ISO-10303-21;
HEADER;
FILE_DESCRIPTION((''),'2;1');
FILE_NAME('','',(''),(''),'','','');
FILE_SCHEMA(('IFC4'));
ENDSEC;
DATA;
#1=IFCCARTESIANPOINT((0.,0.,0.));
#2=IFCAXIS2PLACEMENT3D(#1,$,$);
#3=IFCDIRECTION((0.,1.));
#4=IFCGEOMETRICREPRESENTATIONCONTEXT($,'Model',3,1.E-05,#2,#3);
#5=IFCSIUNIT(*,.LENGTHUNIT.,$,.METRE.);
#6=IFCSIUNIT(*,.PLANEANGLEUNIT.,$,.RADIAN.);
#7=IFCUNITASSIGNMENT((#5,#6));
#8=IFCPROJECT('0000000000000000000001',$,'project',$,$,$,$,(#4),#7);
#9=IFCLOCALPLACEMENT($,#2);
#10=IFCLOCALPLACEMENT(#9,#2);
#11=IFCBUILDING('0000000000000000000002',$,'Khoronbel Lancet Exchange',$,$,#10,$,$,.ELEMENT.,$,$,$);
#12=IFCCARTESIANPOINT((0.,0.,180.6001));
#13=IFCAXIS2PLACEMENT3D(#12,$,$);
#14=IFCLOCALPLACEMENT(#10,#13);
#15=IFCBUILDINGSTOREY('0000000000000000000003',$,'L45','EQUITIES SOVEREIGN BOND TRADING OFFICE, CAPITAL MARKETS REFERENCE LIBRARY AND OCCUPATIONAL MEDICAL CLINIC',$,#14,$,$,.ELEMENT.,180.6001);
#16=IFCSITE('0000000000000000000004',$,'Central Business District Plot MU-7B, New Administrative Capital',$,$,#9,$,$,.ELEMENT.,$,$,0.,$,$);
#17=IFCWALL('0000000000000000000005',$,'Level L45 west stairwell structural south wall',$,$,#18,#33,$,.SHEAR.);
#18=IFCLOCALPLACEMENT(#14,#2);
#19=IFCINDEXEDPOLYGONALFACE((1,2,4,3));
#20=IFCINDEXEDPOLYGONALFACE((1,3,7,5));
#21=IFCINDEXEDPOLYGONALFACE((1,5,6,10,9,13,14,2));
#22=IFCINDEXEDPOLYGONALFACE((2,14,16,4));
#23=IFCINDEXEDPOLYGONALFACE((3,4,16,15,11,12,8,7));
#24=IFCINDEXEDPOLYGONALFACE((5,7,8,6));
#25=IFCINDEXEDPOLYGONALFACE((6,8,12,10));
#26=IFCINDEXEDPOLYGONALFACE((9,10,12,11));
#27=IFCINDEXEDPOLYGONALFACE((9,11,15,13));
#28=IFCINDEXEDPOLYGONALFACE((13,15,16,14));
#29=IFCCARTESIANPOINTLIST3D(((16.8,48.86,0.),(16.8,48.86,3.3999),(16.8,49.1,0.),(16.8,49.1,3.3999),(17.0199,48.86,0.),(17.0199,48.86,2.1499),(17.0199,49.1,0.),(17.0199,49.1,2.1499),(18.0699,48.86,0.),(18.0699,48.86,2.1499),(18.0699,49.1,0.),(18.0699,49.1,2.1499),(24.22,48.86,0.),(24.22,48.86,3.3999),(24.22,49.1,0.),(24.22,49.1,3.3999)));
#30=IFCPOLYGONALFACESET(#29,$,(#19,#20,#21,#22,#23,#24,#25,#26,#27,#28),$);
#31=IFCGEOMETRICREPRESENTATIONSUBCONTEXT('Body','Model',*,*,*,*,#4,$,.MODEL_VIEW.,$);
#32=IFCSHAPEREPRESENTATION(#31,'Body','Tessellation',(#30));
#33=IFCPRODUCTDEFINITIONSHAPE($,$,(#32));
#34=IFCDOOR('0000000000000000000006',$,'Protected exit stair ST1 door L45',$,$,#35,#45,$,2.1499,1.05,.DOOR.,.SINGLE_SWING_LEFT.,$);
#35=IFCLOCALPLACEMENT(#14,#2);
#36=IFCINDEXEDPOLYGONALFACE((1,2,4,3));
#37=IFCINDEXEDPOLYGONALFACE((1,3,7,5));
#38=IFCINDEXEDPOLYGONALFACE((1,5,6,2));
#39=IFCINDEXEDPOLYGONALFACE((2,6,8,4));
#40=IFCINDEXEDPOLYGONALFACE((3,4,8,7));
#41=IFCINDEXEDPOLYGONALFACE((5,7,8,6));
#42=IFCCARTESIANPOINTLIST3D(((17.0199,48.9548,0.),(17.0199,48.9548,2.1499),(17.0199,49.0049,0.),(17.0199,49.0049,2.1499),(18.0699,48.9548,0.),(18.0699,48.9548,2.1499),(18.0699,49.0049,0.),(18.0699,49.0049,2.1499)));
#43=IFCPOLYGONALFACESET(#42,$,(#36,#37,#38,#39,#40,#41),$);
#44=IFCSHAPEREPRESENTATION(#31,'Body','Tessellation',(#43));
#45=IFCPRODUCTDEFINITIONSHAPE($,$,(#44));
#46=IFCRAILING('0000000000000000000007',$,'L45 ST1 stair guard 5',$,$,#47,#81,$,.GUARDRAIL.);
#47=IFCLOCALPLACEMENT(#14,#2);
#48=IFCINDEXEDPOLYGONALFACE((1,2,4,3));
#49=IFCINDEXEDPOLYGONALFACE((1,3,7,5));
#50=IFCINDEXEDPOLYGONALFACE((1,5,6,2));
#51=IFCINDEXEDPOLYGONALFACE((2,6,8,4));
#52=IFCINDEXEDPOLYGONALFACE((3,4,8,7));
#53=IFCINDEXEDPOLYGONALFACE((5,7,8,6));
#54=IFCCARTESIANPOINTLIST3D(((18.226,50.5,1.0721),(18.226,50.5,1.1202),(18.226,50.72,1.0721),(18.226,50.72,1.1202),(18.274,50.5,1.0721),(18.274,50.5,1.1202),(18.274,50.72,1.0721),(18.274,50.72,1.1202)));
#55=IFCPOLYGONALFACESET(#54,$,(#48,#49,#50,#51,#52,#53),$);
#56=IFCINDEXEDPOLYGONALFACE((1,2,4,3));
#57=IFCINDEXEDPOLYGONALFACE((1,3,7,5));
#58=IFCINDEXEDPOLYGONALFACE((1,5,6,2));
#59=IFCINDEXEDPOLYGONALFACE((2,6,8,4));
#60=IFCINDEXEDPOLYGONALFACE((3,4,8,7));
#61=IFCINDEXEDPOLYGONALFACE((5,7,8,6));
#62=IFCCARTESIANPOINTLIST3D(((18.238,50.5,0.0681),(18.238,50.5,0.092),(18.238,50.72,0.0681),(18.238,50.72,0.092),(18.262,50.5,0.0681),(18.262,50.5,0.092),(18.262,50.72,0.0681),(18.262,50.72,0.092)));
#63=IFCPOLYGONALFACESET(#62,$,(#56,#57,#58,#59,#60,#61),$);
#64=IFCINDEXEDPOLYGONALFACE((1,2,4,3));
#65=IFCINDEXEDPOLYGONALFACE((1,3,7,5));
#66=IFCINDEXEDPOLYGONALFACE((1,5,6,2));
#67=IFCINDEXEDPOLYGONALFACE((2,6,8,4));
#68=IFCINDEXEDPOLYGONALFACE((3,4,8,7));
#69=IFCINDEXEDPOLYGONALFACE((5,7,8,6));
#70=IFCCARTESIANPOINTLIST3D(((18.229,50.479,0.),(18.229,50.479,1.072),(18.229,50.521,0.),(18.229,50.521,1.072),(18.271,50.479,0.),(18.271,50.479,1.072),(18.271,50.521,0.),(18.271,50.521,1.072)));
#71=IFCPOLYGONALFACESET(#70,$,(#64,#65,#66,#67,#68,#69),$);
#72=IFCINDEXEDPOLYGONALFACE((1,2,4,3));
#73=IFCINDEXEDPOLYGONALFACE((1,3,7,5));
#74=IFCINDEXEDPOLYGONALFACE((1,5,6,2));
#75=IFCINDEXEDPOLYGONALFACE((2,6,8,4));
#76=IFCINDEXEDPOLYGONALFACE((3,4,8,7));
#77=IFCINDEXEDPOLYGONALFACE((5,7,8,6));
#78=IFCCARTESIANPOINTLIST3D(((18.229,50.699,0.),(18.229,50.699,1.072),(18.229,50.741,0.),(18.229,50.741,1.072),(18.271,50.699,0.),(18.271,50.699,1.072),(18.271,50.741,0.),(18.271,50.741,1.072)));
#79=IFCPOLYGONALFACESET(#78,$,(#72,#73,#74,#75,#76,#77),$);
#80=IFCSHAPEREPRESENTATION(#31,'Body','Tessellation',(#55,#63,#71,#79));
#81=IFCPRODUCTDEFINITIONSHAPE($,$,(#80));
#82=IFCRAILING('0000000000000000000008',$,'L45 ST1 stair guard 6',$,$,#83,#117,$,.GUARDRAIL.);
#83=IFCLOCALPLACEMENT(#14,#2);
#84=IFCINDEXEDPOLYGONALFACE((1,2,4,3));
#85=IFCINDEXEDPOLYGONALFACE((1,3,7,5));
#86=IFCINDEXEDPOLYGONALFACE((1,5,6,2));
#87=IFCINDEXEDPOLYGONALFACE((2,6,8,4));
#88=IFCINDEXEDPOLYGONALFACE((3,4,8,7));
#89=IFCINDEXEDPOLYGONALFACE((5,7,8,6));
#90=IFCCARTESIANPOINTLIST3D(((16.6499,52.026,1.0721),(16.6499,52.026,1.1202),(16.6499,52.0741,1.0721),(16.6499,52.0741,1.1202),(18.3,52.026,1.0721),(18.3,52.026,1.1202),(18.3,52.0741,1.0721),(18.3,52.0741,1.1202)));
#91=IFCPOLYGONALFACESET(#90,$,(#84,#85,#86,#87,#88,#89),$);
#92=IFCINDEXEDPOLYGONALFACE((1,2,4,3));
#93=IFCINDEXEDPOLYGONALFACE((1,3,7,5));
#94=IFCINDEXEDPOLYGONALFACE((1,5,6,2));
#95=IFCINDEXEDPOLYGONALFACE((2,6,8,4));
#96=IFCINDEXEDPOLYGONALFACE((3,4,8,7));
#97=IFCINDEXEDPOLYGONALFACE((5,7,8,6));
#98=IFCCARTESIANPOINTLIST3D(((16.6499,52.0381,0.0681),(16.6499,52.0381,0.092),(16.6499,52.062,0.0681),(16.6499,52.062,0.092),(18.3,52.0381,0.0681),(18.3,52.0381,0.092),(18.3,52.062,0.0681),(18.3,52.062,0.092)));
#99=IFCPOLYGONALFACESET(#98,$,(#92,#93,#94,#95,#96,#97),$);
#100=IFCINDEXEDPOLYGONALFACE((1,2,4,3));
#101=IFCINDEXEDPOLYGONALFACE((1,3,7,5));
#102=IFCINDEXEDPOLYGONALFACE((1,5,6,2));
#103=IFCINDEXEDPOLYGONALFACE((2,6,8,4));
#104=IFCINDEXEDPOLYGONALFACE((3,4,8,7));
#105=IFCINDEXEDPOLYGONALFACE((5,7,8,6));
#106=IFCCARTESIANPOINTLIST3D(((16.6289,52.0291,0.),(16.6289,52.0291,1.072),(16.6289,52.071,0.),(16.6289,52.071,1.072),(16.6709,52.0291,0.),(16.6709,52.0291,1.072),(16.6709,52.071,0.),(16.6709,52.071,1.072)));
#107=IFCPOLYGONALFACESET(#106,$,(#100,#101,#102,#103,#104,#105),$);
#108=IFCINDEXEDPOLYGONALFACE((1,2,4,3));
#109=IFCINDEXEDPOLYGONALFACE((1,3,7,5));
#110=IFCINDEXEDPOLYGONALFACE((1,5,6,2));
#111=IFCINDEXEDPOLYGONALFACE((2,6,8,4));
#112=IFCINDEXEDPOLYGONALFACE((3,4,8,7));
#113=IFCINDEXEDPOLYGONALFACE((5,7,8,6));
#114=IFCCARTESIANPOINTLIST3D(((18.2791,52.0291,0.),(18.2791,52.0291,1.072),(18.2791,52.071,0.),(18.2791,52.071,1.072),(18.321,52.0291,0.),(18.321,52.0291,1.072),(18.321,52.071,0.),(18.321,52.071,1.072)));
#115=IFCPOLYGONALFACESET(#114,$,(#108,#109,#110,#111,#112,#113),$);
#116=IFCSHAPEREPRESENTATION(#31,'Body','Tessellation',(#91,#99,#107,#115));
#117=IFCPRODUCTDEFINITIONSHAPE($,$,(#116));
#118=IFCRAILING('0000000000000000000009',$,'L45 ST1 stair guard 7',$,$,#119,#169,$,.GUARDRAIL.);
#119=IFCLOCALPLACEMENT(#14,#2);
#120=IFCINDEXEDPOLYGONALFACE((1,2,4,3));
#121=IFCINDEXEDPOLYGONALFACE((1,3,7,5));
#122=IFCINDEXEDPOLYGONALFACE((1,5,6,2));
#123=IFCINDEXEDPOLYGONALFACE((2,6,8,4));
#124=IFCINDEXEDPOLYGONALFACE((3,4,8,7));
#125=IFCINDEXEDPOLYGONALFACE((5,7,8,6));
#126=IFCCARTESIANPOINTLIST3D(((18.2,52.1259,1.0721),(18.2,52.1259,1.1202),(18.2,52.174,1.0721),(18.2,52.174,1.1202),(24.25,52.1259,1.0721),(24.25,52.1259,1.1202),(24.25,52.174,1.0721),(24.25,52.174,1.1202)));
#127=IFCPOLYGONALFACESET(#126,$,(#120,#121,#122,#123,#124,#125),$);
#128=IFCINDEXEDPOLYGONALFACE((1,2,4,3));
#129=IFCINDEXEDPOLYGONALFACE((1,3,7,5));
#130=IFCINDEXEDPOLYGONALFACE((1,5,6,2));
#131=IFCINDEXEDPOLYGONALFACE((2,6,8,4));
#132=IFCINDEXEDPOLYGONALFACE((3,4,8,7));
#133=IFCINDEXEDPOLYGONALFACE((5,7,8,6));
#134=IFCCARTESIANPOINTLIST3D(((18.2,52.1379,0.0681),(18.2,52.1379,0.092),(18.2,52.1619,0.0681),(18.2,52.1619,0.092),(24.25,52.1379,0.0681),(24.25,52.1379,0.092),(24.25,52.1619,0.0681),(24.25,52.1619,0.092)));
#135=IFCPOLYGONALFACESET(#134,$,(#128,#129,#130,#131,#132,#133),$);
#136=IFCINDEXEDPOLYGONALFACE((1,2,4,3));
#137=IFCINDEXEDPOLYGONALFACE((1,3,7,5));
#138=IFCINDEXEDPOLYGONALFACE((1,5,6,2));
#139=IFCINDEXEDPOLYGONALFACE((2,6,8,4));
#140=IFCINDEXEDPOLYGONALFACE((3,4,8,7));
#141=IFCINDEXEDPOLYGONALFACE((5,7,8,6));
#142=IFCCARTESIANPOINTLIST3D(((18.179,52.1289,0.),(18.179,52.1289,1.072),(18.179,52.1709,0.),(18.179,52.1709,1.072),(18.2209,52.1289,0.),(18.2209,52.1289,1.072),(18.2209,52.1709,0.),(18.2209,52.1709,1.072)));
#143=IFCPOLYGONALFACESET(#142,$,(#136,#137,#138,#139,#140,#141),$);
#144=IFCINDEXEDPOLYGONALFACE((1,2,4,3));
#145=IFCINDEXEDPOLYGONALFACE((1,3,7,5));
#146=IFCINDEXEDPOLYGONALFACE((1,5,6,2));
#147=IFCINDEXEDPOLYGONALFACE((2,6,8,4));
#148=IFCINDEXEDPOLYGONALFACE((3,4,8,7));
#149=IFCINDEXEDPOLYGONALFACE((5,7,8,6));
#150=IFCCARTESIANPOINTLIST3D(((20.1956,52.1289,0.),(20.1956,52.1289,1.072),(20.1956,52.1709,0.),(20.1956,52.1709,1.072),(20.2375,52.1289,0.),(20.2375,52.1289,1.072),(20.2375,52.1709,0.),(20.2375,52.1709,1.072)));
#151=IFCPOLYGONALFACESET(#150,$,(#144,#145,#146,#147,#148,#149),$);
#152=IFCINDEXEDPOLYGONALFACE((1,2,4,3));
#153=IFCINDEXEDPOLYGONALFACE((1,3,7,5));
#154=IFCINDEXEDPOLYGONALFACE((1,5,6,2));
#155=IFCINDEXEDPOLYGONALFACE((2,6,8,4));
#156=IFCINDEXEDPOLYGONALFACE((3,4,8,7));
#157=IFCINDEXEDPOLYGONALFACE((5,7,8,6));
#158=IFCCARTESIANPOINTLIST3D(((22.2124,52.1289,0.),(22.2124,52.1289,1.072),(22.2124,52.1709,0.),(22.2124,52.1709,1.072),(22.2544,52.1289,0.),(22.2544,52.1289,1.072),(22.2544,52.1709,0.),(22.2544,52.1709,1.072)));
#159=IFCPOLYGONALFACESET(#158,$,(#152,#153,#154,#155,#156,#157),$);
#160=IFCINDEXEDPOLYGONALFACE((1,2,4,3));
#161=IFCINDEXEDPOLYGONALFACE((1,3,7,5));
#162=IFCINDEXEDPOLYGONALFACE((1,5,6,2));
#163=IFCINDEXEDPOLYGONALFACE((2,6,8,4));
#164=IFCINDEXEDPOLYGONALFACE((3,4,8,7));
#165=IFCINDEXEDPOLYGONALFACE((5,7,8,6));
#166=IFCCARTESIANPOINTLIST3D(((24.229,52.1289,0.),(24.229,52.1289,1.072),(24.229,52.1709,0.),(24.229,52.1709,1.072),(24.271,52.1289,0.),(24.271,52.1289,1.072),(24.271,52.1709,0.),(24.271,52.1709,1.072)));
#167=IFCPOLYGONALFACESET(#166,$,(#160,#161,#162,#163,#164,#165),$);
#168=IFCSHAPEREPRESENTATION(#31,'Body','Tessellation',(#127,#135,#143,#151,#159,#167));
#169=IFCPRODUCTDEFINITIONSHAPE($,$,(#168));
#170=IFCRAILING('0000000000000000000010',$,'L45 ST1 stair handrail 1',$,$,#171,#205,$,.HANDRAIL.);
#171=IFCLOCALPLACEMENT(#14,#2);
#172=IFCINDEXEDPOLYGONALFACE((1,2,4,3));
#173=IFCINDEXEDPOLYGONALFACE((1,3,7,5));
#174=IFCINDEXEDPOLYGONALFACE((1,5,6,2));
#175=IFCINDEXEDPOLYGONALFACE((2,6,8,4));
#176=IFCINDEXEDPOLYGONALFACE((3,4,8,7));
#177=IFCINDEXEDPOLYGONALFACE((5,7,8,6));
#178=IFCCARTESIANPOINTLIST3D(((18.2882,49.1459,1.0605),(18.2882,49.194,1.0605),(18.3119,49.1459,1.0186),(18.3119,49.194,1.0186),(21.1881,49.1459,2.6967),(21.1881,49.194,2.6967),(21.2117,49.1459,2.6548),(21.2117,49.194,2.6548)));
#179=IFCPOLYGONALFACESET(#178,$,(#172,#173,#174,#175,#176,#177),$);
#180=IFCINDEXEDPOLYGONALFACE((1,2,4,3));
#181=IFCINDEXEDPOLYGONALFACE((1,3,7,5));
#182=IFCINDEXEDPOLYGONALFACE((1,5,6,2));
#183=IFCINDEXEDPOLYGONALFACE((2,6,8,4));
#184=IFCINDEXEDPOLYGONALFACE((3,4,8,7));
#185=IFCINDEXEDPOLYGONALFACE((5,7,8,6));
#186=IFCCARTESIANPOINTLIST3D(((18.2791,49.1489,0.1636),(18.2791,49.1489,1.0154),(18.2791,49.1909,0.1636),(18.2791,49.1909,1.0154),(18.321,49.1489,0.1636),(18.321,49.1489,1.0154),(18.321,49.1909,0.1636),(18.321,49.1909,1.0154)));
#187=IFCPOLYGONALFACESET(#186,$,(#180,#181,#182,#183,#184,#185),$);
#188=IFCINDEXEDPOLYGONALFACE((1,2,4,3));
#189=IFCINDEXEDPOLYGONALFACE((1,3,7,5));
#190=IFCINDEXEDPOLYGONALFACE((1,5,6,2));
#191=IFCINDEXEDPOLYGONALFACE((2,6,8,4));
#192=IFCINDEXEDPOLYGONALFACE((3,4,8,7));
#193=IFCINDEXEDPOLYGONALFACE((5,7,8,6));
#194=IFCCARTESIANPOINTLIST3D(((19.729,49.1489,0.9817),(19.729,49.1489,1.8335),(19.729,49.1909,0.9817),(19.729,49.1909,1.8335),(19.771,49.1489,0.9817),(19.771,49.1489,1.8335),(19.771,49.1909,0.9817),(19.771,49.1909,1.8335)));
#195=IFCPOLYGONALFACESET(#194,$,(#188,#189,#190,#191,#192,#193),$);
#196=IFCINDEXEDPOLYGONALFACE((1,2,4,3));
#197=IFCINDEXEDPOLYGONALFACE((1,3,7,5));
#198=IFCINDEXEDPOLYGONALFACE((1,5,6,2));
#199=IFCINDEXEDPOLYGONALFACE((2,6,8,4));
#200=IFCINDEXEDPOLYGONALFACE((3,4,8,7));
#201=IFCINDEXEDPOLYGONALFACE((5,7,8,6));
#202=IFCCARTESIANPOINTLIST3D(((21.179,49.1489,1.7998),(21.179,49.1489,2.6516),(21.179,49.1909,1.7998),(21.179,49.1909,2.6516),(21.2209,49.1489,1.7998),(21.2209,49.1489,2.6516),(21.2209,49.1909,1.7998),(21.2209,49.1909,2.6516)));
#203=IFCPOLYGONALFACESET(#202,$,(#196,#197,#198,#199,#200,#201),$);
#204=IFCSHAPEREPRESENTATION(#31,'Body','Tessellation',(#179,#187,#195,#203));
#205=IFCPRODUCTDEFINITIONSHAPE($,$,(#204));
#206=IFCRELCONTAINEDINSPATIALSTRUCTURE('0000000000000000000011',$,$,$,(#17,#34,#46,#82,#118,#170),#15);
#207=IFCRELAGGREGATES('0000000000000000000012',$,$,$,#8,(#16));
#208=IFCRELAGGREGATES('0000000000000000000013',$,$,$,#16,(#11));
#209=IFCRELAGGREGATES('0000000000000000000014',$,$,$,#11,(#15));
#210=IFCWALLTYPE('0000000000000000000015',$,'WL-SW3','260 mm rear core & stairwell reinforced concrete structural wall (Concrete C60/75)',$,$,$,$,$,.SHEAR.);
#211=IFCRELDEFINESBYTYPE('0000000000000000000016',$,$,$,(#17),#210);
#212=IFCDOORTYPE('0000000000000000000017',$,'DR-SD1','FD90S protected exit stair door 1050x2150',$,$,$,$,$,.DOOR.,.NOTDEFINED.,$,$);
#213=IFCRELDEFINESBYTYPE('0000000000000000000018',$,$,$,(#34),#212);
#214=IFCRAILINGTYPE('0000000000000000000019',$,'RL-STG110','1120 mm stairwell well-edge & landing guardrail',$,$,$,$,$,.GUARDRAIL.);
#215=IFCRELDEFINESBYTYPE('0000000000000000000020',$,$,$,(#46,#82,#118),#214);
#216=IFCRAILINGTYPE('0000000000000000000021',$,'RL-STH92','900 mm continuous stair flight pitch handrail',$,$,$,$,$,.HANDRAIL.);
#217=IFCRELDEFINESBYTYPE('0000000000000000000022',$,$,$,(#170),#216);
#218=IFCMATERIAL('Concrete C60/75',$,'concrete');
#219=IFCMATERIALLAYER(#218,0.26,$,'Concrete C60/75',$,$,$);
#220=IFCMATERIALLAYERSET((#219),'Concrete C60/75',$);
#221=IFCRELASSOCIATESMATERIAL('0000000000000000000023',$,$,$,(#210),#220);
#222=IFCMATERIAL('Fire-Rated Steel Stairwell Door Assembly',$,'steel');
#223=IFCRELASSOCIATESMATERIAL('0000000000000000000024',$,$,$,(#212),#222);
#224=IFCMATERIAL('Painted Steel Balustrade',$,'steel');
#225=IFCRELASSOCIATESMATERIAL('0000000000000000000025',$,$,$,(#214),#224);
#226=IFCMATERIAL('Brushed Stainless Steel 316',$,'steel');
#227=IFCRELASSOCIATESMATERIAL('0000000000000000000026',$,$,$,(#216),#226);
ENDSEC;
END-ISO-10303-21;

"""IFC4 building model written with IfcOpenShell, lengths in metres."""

from ifc_helpers import new_model, si_unit, direction, frame, frame_2d, origin, origin_2d, place, context, subcontext, project, spatial, rectangle, extrude, material, layer, layer_set, type_object, element, fill, save


model = new_model("IFC4")

# Units and contexts
model_context = context("Model", 3, precision=1e-05, world=origin(), true_north=direction((0.0, 1.0)))
body_context = subcontext(model_context, "Body", "Model", "MODEL_VIEW")
ifc_project = project(units=[si_unit("LENGTHUNIT", "METRE"), si_unit("PLANEANGLEUNIT", "RADIAN")], contexts=[model_context])

# Site, building, storey
site_placement = place(None, origin())
site = spatial("IfcSite", under=ifc_project, at=site_placement, Name="Central Business District Plot MU-7B, New Administrative Capital", CompositionType="ELEMENT", RefElevation=0.0)
building_placement = place(site_placement, origin())
building = spatial("IfcBuilding", under=site, at=building_placement, Name="Khoronbel Lancet Exchange", CompositionType="ELEMENT")
storey_placement = place(building_placement, frame((0.0, 0.0, 180.6001)))
storey = spatial("IfcBuildingStorey", under=building, at=storey_placement, Name="L45", Description="EQUITIES SOVEREIGN BOND TRADING OFFICE, CAPITAL MARKETS REFERENCE LIBRARY AND OCCUPATIONAL MEDICAL CLINIC", CompositionType="ELEMENT", Elevation=180.6001)

# Shared definitions
ifc_material_1 = material(Name="Concrete C60/75", Category="concrete")

# Wall, opening, door
ifc_layer_1 = layer(ifc_material_1, 0.26, Name="Concrete C60/75")
ifc_layer_set_1 = layer_set([ifc_layer_1], Name="Concrete C60/75")
wall_type_1 = type_object("IfcWallType", Name="WL-SW3", Description="260 mm rear core & stairwell reinforced concrete structural wall (Concrete C60/75)", PredefinedType="SHEAR", material=ifc_layer_set_1)
wall_1_placement = place(storey_placement, frame((16.8, 48.98, 0.0), z_axis=(0.0, 0.0, 1.0), x_axis=(1.0, 0.0, 0.0)))
wall_1 = element("IfcWall", 1, at=wall_1_placement, inside=storey, type_object=wall_type_1, Name="Level L45 west stairwell structural south wall", PredefinedType="SHEAR", context=body_context, shape_type="SweptSolid", body=[
    extrude(rectangle(XDim=7.4199, YDim=0.24, at=frame_2d((3.71, 0.0))), origin(), (0.0, 0.0, 1.0), 3.3999),
])
opening_1_placement = place(wall_1_placement, frame((0.22, 0.0, 0.0)))
opening_1 = element("IfcOpeningElement", 2, at=opening_1_placement, cuts=wall_1, PredefinedType="OPENING", context=body_context, shape_type="SweptSolid", body=[
    extrude(rectangle(XDim=1.05, YDim=2.1499, at=frame_2d((0.5249, 1.075))), frame((0.0, 0.1299, 0.0), z_axis=(0.0, -1.0, 0.0), x_axis=(1.0, 0.0, 0.0)), (0.0, 0.0, 1.0), 0.26),
])
ifc_material_2 = material(Name="Fire-Rated Steel Stairwell Door Assembly", Category="steel")
door_type_1 = type_object("IfcDoorType", Name="DR-SD1", Description="FD90S protected exit stair door 1050x2150", OperationType="NOTDEFINED", PredefinedType="DOOR", material=ifc_material_2)
door_1_placement = place(opening_1_placement, origin())
door_1 = element("IfcDoor", 3, at=door_1_placement, inside=storey, type_object=door_type_1, Name="Protected exit stair ST1 door L45", OperationType="SINGLE_SWING_LEFT", OverallHeight=2.1499, OverallWidth=1.05, PredefinedType="DOOR", context=body_context, shape_type="SweptSolid", body=[
    extrude(rectangle(XDim=1.05, YDim=2.1499, at=frame_2d((0.5249, 1.075))), frame((0.0, 0.0249, 0.0), z_axis=(0.0, -1.0, 0.0), x_axis=(1.0, 0.0, 0.0)), (0.0, 0.0, 1.0), 0.05),
])
fill(opening_1, door_1)

# Railings
ifc_material_3 = material(Name="Painted Steel Balustrade", Category="steel")
railing_type_1 = type_object("IfcRailingType", Name="RL-STG110", Description="1120 mm stairwell well-edge & landing guardrail", PredefinedType="GUARDRAIL", material=ifc_material_3)
railing_1_placement = place(storey_placement, frame((18.25, 50.5, 0.0)))
element("IfcRailing", 4, at=railing_1_placement, inside=storey, type_object=railing_type_1, Name="L45 ST1 stair guard 5", PredefinedType="GUARDRAIL", context=body_context, shape_type="SweptSolid", body=[
    extrude(rectangle(XDim=0.0481, YDim=0.0481, at=origin_2d()), frame((0.0, 0.0, 1.0962), z_axis=(0.0, 1.0, 0.0), x_axis=(-1.0, 0.0, 0.0)), (0.0, 0.0, 1.0), 0.22),
    extrude(rectangle(XDim=0.0239, YDim=0.0239, at=origin_2d()), frame((0.0, 0.0, 0.0801), z_axis=(0.0, 1.0, 0.0), x_axis=(-1.0, 0.0, 0.0)), (0.0, 0.0, 1.0), 0.22),
    extrude(rectangle(XDim=0.042, YDim=0.042, at=origin_2d()), origin(), (0.0, 0.0, 1.0), 1.072),
    extrude(rectangle(XDim=0.042, YDim=0.042, at=origin_2d()), frame((0.0, 0.22, 0.0)), (0.0, 0.0, 1.0), 1.072),
])
railing_2_placement = place(storey_placement, frame((16.6499, 52.05, 0.0)))
element("IfcRailing", 5, at=railing_2_placement, inside=storey, type_object=railing_type_1, Name="L45 ST1 stair guard 6", PredefinedType="GUARDRAIL", context=body_context, shape_type="SweptSolid", body=[
    extrude(rectangle(XDim=0.0481, YDim=0.0481, at=origin_2d()), frame((0.0, 0.0, 1.0962), z_axis=(1.0, 0.0, 0.0), x_axis=(0.0, 1.0, 0.0)), (0.0, 0.0, 1.0), 1.6501),
    extrude(rectangle(XDim=0.0239, YDim=0.0239, at=origin_2d()), frame((0.0, 0.0, 0.0801), z_axis=(1.0, 0.0, 0.0), x_axis=(0.0, 1.0, 0.0)), (0.0, 0.0, 1.0), 1.6501),
    extrude(rectangle(XDim=0.042, YDim=0.042, at=origin_2d()), origin(), (0.0, 0.0, 1.0), 1.072),
    extrude(rectangle(XDim=0.042, YDim=0.042, at=origin_2d()), frame((1.6501, 0.0, 0.0)), (0.0, 0.0, 1.0), 1.072),
])
railing_3_placement = place(storey_placement, frame((18.2, 52.1499, 0.0)))
element("IfcRailing", 6, at=railing_3_placement, inside=storey, type_object=railing_type_1, Name="L45 ST1 stair guard 7", PredefinedType="GUARDRAIL", context=body_context, shape_type="SweptSolid", body=[
    extrude(rectangle(XDim=0.0481, YDim=0.0481, at=origin_2d()), frame((0.0, 0.0, 1.0962), z_axis=(1.0, 0.0, 0.0), x_axis=(0.0, 1.0, 0.0)), (0.0, 0.0, 1.0), 6.05),
    extrude(rectangle(XDim=0.0239, YDim=0.0239, at=origin_2d()), frame((0.0, 0.0, 0.0801), z_axis=(1.0, 0.0, 0.0), x_axis=(0.0, 1.0, 0.0)), (0.0, 0.0, 1.0), 6.05),
    extrude(rectangle(XDim=0.042, YDim=0.042, at=origin_2d()), origin(), (0.0, 0.0, 1.0), 1.072),
    extrude(rectangle(XDim=0.042, YDim=0.042, at=origin_2d()), frame((2.0166, 0.0, 0.0)), (0.0, 0.0, 1.0), 1.072),
    extrude(rectangle(XDim=0.042, YDim=0.042, at=origin_2d()), frame((4.0334, 0.0, 0.0)), (0.0, 0.0, 1.0), 1.072),
    extrude(rectangle(XDim=0.042, YDim=0.042, at=origin_2d()), frame((6.05, 0.0, 0.0)), (0.0, 0.0, 1.0), 1.072),
])
ifc_material_4 = material(Name="Brushed Stainless Steel 316", Category="steel")
railing_type_2 = type_object("IfcRailingType", Name="RL-STH92", Description="900 mm continuous stair flight pitch handrail", PredefinedType="HANDRAIL", material=ifc_material_4)
railing_4_placement = place(storey_placement, frame((18.3, 49.1699, 0.1636)))
element("IfcRailing", 7, at=railing_4_placement, inside=storey, type_object=railing_type_2, Name="L45 ST1 stair handrail 1", PredefinedType="HANDRAIL", context=body_context, shape_type="SweptSolid", body=[
    extrude(rectangle(XDim=0.0481, YDim=0.0481, at=origin_2d()), frame((0.0, 0.0, 0.876), z_axis=(0.870929, 0.0, 0.49141), x_axis=(0.0, 1.0, 0.0)), (0.0, 0.0, 1.0), 3.3296),
    extrude(rectangle(XDim=0.042, YDim=0.042, at=origin_2d()), origin(), (0.0, 0.0, 1.0), 0.8518),
    extrude(rectangle(XDim=0.042, YDim=0.042, at=origin_2d()), frame((1.45, 0.0, 0.8181)), (0.0, 0.0, 1.0), 0.8518),
    extrude(rectangle(XDim=0.042, YDim=0.042, at=origin_2d()), frame((2.8999, 0.0, 1.6362)), (0.0, 0.0, 1.0), 0.8518),
])

save(model, "model.ifc")
